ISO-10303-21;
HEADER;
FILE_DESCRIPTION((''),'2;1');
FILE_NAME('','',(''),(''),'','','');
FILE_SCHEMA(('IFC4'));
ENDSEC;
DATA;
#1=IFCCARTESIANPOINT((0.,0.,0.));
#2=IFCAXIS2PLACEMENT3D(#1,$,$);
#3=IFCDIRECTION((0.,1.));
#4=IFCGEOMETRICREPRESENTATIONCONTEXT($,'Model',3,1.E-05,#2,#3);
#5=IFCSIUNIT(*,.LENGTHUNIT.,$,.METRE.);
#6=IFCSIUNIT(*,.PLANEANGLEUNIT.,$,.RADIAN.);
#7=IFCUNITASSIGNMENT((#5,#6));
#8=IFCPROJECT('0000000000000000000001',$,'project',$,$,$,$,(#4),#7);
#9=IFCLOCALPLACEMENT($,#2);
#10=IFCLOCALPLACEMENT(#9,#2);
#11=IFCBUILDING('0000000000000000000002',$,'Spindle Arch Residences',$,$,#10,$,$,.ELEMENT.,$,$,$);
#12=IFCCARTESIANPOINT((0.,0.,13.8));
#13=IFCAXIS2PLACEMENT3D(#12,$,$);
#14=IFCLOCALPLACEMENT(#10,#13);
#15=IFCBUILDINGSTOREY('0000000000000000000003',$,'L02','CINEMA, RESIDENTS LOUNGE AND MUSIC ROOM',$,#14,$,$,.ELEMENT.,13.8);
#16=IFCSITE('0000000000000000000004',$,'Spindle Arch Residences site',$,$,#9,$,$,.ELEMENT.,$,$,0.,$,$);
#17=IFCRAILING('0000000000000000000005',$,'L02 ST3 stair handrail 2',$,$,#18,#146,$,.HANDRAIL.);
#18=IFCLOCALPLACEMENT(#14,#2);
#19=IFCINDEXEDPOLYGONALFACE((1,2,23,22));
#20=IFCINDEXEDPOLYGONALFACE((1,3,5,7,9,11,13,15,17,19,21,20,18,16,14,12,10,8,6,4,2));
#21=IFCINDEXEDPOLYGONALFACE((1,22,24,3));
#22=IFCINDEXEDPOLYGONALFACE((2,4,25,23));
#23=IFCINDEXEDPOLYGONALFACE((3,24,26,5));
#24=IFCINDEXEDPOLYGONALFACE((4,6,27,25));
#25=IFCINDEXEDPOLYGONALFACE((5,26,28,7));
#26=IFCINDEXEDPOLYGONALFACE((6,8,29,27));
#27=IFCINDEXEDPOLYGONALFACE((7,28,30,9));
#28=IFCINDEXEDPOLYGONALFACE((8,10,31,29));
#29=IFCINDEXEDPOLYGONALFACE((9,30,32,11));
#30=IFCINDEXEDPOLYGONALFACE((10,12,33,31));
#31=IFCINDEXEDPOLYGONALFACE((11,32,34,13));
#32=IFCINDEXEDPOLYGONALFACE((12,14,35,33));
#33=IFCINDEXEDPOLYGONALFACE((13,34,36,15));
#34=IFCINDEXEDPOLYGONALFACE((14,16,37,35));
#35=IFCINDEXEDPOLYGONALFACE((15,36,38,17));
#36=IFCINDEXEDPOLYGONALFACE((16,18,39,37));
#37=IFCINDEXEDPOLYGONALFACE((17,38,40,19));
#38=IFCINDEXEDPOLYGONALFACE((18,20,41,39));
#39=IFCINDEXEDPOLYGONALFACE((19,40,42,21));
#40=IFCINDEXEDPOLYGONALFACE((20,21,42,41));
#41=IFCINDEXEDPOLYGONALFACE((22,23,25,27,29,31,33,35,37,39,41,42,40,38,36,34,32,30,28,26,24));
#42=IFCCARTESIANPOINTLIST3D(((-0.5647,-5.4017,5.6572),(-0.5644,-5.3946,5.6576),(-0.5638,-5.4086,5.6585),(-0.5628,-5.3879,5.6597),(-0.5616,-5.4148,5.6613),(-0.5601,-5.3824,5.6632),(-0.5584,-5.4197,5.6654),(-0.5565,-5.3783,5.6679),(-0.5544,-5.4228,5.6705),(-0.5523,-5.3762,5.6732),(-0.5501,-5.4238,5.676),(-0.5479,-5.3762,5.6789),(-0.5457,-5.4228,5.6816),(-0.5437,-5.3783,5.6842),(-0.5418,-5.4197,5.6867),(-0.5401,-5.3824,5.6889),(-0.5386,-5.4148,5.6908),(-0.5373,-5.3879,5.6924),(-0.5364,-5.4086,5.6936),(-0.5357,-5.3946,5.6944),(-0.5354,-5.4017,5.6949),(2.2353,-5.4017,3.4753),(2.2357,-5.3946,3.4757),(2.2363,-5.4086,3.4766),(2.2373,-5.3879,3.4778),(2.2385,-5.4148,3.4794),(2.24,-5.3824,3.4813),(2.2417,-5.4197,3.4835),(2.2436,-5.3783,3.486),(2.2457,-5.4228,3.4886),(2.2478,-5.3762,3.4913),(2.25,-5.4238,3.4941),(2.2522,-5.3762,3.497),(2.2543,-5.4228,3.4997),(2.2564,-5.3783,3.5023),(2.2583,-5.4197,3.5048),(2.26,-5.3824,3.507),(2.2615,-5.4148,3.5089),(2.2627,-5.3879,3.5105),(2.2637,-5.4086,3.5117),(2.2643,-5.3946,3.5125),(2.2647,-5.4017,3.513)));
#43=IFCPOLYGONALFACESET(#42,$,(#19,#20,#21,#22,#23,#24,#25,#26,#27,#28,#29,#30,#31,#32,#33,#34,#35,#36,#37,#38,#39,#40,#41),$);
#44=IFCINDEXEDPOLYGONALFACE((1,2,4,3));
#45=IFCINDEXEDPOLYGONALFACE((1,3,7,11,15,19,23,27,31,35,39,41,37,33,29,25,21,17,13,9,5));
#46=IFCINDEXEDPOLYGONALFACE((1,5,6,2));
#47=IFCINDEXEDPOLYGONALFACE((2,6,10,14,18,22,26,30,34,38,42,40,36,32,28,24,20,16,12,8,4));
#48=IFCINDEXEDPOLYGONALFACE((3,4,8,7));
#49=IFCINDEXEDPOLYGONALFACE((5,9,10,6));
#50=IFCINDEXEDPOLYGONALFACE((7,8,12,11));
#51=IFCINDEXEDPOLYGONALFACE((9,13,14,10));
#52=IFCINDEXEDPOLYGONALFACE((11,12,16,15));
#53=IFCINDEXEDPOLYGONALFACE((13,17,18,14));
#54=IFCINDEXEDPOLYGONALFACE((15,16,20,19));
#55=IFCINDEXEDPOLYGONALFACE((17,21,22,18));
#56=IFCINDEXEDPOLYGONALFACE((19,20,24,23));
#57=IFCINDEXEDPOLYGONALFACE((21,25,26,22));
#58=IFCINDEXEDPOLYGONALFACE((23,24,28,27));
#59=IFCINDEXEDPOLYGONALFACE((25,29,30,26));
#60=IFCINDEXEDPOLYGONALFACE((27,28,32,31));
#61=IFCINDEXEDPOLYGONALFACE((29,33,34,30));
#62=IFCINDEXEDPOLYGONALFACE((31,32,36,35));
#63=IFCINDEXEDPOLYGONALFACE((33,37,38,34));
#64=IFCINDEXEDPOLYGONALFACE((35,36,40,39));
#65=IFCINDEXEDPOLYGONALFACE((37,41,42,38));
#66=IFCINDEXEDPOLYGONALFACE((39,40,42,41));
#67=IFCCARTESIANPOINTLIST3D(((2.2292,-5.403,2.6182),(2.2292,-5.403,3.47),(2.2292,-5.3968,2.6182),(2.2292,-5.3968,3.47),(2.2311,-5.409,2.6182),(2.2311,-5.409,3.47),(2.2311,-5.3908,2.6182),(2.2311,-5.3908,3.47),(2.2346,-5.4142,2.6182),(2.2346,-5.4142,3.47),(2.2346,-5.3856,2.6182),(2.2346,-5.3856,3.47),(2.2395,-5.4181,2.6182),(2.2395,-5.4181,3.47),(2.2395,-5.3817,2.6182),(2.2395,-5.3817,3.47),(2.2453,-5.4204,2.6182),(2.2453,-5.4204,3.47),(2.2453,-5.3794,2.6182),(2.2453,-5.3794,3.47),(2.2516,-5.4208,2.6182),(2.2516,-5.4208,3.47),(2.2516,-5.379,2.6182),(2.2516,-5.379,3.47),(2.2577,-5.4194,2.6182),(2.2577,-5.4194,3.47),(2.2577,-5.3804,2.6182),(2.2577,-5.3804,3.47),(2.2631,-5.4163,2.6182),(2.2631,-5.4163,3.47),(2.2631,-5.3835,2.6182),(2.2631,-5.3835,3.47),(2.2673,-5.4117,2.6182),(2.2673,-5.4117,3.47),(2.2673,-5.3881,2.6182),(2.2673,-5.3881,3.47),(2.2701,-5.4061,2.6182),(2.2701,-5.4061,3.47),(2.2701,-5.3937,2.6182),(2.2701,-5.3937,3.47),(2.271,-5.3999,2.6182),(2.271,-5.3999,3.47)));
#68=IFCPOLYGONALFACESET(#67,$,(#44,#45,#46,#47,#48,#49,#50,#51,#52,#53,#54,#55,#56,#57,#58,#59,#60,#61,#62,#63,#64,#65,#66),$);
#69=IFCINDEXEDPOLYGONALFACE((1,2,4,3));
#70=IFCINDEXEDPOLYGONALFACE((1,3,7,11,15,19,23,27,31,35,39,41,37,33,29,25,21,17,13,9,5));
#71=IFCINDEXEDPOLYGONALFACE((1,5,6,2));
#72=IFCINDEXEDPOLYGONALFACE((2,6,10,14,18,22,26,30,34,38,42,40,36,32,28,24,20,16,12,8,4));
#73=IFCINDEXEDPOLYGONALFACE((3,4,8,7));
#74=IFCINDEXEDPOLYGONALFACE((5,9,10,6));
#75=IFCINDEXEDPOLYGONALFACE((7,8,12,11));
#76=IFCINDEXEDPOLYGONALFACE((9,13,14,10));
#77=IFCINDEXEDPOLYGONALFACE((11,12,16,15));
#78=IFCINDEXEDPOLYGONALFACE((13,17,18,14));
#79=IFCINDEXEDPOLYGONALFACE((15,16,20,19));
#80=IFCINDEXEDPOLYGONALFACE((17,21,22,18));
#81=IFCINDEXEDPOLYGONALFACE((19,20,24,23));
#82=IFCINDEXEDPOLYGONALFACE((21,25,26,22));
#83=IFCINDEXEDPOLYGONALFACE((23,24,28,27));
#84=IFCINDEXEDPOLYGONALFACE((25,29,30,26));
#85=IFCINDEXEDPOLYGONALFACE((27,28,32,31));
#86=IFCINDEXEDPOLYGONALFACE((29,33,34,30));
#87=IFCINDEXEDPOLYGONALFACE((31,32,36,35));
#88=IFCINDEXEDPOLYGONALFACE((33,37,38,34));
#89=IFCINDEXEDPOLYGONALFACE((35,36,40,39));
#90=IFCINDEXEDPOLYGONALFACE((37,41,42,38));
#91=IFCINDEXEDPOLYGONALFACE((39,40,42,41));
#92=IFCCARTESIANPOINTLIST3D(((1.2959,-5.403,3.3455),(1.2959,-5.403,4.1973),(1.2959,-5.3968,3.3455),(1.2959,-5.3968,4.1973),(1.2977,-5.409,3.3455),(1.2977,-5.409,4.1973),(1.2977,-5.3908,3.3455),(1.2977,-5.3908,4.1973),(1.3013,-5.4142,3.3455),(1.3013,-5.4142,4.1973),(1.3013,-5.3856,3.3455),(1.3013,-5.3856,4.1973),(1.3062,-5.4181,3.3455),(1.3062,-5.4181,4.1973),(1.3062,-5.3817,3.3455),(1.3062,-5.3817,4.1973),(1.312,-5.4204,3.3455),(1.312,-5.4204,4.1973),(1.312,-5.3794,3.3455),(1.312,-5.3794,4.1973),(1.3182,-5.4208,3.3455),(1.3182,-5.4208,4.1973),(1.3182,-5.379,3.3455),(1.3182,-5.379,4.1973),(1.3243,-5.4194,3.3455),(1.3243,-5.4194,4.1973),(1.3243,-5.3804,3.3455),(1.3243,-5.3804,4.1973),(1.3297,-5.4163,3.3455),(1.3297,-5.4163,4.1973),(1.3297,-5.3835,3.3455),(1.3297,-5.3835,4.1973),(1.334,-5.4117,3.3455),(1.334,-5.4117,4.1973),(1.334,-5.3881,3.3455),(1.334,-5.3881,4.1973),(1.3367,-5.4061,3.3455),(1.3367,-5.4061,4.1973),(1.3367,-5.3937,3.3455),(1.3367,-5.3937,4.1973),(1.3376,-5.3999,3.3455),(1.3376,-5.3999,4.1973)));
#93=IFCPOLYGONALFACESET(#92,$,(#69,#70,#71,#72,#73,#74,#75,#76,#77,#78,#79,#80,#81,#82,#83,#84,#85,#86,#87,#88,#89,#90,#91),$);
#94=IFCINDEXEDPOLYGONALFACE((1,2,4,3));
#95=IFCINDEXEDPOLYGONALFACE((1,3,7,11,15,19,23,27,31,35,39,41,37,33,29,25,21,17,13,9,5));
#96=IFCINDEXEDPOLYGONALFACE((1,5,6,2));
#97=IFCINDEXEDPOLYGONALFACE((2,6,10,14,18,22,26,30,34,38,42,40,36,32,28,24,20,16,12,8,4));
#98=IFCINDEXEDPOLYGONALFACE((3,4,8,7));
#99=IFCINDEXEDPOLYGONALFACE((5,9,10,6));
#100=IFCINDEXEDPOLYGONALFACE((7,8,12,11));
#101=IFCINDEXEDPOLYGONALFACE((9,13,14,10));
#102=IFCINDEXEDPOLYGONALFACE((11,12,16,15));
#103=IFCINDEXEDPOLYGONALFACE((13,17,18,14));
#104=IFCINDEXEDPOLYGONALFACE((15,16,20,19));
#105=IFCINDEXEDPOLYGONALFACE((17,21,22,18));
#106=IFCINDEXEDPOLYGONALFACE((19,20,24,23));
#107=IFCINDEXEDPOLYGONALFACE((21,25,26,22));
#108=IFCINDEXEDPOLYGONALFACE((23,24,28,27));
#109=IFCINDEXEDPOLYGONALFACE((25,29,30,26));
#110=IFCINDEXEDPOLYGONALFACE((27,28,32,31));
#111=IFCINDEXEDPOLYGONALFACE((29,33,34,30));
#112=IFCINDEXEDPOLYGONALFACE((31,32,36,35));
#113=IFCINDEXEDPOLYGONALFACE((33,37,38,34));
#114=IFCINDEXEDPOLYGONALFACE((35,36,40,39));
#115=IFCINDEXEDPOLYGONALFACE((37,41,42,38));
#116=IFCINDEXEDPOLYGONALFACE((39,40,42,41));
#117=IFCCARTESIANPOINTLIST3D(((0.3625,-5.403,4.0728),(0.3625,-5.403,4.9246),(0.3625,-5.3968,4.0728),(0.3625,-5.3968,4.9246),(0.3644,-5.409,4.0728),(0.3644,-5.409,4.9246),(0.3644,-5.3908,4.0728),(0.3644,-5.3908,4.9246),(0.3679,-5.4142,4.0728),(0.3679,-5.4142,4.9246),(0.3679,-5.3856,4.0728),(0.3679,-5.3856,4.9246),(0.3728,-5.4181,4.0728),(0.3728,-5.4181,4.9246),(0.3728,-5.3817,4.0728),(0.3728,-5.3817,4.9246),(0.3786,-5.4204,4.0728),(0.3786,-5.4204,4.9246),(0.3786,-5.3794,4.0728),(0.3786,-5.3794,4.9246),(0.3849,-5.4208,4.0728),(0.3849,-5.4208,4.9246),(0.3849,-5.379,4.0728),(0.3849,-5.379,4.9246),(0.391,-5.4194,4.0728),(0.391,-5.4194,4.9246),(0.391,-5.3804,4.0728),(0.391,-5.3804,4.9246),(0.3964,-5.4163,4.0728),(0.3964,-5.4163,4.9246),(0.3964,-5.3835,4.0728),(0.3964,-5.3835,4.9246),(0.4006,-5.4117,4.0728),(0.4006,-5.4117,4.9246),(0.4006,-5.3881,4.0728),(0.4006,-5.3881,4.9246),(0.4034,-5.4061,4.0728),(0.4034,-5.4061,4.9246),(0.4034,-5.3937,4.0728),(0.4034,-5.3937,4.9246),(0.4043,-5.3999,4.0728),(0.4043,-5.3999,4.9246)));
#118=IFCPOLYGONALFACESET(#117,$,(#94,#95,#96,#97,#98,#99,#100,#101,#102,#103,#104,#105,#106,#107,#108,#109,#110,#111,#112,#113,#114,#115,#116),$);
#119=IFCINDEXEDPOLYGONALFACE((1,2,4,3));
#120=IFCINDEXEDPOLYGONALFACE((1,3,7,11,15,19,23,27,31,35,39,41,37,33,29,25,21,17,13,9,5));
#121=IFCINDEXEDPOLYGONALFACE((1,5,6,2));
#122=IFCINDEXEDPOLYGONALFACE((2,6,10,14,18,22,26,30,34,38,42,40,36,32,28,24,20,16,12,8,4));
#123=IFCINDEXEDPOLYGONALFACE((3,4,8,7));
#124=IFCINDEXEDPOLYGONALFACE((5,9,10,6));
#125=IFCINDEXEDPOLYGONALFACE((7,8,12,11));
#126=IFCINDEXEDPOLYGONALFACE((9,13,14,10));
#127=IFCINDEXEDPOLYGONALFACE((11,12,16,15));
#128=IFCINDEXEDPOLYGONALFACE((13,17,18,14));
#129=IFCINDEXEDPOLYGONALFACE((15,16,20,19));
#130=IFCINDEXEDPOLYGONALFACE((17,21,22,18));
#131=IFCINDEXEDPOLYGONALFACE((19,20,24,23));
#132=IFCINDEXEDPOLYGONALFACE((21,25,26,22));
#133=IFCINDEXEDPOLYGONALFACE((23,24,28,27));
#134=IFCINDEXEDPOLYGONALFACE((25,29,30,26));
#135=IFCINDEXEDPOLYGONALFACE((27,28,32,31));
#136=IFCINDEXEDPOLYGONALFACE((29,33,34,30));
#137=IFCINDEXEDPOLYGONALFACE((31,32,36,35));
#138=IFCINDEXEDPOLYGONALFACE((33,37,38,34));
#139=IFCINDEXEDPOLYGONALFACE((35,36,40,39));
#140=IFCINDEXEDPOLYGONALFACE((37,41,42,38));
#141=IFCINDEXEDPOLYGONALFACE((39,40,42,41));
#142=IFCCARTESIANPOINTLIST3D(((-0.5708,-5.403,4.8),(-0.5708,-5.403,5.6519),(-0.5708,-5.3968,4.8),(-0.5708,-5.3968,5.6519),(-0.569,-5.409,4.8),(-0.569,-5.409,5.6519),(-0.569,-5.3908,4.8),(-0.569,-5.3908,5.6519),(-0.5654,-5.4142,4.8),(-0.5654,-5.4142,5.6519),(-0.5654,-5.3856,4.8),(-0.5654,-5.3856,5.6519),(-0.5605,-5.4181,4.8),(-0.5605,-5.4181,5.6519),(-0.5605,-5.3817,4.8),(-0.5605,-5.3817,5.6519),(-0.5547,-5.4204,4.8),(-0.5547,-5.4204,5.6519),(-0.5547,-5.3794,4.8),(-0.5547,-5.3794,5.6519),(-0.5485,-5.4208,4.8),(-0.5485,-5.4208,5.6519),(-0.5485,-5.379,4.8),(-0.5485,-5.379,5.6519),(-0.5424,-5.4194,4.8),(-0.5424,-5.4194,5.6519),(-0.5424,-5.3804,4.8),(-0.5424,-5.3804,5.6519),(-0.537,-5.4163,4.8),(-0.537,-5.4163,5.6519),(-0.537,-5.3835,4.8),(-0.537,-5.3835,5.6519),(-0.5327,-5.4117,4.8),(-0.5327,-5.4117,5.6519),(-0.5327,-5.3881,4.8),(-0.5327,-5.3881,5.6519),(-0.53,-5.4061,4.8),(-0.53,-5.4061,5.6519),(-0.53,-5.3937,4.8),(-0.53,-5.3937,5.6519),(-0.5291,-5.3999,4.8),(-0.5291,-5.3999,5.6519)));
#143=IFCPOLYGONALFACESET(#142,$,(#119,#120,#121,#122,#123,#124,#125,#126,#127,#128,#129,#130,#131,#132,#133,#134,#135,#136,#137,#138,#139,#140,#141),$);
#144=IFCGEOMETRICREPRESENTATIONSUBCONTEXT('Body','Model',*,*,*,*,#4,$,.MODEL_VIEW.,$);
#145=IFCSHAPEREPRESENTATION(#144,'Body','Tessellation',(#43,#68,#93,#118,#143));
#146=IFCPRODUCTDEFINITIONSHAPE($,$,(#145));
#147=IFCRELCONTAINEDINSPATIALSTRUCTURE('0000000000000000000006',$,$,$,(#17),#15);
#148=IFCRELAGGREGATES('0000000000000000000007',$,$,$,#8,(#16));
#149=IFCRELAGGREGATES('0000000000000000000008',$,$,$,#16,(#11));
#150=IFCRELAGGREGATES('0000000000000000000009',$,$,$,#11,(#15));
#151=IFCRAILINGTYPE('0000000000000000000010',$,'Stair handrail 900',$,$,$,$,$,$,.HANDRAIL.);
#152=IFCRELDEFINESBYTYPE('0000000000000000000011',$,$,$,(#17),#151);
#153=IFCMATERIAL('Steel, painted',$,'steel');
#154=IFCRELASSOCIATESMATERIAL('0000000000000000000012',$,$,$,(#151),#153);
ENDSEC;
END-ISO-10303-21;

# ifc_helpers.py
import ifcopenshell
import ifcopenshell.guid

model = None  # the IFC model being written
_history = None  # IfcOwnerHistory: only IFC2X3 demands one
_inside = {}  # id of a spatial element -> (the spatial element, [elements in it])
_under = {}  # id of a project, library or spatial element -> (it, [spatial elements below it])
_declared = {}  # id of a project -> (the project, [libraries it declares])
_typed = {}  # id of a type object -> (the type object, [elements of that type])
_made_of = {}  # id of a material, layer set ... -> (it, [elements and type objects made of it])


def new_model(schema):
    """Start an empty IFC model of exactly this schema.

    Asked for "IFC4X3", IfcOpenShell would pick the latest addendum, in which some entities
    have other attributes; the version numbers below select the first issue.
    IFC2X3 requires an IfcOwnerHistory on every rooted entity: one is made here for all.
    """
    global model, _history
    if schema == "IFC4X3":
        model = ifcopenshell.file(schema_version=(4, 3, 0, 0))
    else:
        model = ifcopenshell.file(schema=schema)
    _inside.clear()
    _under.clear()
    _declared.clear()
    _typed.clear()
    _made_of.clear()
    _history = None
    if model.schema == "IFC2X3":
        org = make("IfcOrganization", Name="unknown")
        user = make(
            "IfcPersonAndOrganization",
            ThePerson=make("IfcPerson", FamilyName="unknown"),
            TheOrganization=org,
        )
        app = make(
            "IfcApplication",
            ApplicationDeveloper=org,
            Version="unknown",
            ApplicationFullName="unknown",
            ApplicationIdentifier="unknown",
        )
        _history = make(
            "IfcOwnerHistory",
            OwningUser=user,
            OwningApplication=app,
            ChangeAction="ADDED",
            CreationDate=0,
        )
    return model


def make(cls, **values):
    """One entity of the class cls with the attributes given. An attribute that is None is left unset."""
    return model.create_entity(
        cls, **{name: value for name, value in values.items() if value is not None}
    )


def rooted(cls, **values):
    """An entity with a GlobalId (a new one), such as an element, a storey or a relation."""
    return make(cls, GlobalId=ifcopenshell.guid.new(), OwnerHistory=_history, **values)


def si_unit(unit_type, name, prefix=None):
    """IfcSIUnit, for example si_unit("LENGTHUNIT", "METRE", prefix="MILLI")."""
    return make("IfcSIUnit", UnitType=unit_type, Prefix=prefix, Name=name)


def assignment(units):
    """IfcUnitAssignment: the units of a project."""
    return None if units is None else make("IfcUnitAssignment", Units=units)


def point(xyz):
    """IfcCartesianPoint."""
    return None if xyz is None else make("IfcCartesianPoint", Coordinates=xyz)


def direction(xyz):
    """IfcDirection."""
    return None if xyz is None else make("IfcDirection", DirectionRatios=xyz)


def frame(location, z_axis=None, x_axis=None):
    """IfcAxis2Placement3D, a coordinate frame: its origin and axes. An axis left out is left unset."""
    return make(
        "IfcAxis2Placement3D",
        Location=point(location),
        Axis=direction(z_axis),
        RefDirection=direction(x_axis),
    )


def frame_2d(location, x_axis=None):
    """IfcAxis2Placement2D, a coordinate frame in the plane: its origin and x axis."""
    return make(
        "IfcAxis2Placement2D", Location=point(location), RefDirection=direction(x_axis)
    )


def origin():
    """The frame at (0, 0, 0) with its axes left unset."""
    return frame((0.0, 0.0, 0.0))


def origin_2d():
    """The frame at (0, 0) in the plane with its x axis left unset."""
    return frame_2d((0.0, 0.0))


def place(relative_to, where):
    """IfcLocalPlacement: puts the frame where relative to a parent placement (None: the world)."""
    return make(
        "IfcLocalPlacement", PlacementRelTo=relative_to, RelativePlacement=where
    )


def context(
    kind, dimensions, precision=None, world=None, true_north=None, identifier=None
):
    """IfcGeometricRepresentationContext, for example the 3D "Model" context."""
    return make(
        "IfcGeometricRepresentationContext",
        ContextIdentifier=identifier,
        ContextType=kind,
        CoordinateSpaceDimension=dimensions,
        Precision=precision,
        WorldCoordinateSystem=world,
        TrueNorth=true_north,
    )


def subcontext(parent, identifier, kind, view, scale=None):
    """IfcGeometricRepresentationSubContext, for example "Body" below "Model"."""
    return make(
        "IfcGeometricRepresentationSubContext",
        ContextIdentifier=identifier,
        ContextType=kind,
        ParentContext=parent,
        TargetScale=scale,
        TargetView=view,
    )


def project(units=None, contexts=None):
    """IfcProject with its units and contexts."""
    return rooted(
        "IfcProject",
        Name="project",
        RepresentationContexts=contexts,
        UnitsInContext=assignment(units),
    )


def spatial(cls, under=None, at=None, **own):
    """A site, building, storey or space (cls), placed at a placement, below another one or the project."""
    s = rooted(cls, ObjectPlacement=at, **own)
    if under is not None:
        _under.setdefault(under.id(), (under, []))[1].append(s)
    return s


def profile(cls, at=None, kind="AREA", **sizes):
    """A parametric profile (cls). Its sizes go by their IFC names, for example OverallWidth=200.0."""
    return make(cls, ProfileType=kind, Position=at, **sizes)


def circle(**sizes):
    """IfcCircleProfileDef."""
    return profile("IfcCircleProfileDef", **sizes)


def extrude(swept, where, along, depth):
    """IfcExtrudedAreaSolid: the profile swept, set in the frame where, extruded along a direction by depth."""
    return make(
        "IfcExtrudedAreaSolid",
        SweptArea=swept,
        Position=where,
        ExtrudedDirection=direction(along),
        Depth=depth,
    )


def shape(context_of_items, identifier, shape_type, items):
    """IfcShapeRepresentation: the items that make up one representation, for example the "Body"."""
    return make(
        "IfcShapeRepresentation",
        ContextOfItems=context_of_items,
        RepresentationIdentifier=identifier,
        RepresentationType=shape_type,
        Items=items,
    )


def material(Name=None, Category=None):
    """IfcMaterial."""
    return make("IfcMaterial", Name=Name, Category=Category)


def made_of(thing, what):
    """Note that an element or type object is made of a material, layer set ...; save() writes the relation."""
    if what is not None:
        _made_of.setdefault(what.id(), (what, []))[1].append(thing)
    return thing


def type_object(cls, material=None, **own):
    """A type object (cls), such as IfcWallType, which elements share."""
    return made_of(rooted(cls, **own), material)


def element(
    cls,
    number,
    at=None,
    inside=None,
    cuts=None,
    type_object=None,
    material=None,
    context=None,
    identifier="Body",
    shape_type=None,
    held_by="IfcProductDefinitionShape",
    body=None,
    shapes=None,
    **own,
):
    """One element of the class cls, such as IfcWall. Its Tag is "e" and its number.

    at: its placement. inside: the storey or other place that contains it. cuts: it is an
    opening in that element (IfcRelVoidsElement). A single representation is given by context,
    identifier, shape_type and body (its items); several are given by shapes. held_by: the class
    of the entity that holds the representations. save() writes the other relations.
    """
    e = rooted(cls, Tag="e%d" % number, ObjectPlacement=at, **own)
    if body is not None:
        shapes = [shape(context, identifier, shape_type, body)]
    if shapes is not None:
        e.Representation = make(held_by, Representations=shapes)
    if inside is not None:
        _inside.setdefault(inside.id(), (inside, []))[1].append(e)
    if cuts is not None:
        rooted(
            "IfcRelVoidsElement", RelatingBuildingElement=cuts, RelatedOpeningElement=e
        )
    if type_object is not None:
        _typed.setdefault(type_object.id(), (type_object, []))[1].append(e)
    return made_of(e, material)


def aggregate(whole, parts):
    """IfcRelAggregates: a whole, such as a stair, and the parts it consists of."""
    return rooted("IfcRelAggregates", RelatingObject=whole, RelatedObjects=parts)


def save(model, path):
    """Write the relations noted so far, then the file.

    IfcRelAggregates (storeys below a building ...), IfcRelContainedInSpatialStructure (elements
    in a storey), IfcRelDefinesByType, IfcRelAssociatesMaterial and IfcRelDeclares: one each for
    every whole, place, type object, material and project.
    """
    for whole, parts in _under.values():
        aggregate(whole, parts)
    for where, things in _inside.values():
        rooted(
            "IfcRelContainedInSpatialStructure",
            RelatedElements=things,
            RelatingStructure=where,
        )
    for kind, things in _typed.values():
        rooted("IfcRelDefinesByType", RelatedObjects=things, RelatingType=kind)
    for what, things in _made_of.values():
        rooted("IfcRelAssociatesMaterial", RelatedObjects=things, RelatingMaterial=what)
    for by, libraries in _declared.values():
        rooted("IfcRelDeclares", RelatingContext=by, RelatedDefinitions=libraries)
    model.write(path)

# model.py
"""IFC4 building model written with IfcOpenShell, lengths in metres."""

from ifc_helpers import new_model, si_unit, direction, frame, origin, origin_2d, place, context, subcontext, project, spatial, circle, extrude, material, type_object, element, save


model = new_model("IFC4")

# Units and contexts
model_context = context("Model", 3, precision=1e-05, world=origin(), true_north=direction((0.0, 1.0)))
body_context = subcontext(model_context, "Body", "Model", "MODEL_VIEW")
ifc_project = project(units=[si_unit("LENGTHUNIT", "METRE"), si_unit("PLANEANGLEUNIT", "RADIAN")], contexts=[model_context])

# Site, building, storey
site_placement = place(None, origin())
site = spatial("IfcSite", under=ifc_project, at=site_placement, Name="Spindle Arch Residences site", CompositionType="ELEMENT", RefElevation=0.0)
building_placement = place(site_placement, origin())
building = spatial("IfcBuilding", under=site, at=building_placement, Name="Spindle Arch Residences", CompositionType="ELEMENT")
storey_placement = place(building_placement, frame((0.0, 0.0, 13.8)))
storey = spatial("IfcBuildingStorey", under=building, at=storey_placement, Name="L02", Description="CINEMA, RESIDENTS LOUNGE AND MUSIC ROOM", CompositionType="ELEMENT", Elevation=13.8)

# Railing
ifc_material_1 = material(Name="Steel, painted", Category="steel")
railing_type = type_object("IfcRailingType", Name="Stair handrail 900", PredefinedType="HANDRAIL", material=ifc_material_1)
railing_placement = place(storey_placement, frame((2.25, -5.3999, 2.6182)))
element("IfcRailing", 1, at=railing_placement, inside=storey, type_object=railing_type, Name="L02 ST3 stair handrail 2", PredefinedType="HANDRAIL", context=body_context, shape_type="SweptSolid", body=[
    extrude(circle(Radius=0.0239, at=origin_2d()), frame((0.0, 0.0, 0.876), z_axis=(-0.788796, 0.0, 0.614655), x_axis=(0.0, -1.0, 0.0)), (0.0, 0.0, 1.0), 3.5498),
    extrude(circle(Radius=0.021, at=origin_2d()), origin(), (0.0, 0.0, 1.0), 0.8518),
    extrude(circle(Radius=0.021, at=origin_2d()), frame((-0.9333, 0.0, 0.7273)), (0.0, 0.0, 1.0), 0.8518),
    extrude(circle(Radius=0.021, at=origin_2d()), frame((-1.8667, 0.0, 1.4546)), (0.0, 0.0, 1.0), 0.8518),
    extrude(circle(Radius=0.021, at=origin_2d()), frame((-2.8, 0.0, 2.1819)), (0.0, 0.0, 1.0), 0.8518),
])

save(model, "model.ifc")
